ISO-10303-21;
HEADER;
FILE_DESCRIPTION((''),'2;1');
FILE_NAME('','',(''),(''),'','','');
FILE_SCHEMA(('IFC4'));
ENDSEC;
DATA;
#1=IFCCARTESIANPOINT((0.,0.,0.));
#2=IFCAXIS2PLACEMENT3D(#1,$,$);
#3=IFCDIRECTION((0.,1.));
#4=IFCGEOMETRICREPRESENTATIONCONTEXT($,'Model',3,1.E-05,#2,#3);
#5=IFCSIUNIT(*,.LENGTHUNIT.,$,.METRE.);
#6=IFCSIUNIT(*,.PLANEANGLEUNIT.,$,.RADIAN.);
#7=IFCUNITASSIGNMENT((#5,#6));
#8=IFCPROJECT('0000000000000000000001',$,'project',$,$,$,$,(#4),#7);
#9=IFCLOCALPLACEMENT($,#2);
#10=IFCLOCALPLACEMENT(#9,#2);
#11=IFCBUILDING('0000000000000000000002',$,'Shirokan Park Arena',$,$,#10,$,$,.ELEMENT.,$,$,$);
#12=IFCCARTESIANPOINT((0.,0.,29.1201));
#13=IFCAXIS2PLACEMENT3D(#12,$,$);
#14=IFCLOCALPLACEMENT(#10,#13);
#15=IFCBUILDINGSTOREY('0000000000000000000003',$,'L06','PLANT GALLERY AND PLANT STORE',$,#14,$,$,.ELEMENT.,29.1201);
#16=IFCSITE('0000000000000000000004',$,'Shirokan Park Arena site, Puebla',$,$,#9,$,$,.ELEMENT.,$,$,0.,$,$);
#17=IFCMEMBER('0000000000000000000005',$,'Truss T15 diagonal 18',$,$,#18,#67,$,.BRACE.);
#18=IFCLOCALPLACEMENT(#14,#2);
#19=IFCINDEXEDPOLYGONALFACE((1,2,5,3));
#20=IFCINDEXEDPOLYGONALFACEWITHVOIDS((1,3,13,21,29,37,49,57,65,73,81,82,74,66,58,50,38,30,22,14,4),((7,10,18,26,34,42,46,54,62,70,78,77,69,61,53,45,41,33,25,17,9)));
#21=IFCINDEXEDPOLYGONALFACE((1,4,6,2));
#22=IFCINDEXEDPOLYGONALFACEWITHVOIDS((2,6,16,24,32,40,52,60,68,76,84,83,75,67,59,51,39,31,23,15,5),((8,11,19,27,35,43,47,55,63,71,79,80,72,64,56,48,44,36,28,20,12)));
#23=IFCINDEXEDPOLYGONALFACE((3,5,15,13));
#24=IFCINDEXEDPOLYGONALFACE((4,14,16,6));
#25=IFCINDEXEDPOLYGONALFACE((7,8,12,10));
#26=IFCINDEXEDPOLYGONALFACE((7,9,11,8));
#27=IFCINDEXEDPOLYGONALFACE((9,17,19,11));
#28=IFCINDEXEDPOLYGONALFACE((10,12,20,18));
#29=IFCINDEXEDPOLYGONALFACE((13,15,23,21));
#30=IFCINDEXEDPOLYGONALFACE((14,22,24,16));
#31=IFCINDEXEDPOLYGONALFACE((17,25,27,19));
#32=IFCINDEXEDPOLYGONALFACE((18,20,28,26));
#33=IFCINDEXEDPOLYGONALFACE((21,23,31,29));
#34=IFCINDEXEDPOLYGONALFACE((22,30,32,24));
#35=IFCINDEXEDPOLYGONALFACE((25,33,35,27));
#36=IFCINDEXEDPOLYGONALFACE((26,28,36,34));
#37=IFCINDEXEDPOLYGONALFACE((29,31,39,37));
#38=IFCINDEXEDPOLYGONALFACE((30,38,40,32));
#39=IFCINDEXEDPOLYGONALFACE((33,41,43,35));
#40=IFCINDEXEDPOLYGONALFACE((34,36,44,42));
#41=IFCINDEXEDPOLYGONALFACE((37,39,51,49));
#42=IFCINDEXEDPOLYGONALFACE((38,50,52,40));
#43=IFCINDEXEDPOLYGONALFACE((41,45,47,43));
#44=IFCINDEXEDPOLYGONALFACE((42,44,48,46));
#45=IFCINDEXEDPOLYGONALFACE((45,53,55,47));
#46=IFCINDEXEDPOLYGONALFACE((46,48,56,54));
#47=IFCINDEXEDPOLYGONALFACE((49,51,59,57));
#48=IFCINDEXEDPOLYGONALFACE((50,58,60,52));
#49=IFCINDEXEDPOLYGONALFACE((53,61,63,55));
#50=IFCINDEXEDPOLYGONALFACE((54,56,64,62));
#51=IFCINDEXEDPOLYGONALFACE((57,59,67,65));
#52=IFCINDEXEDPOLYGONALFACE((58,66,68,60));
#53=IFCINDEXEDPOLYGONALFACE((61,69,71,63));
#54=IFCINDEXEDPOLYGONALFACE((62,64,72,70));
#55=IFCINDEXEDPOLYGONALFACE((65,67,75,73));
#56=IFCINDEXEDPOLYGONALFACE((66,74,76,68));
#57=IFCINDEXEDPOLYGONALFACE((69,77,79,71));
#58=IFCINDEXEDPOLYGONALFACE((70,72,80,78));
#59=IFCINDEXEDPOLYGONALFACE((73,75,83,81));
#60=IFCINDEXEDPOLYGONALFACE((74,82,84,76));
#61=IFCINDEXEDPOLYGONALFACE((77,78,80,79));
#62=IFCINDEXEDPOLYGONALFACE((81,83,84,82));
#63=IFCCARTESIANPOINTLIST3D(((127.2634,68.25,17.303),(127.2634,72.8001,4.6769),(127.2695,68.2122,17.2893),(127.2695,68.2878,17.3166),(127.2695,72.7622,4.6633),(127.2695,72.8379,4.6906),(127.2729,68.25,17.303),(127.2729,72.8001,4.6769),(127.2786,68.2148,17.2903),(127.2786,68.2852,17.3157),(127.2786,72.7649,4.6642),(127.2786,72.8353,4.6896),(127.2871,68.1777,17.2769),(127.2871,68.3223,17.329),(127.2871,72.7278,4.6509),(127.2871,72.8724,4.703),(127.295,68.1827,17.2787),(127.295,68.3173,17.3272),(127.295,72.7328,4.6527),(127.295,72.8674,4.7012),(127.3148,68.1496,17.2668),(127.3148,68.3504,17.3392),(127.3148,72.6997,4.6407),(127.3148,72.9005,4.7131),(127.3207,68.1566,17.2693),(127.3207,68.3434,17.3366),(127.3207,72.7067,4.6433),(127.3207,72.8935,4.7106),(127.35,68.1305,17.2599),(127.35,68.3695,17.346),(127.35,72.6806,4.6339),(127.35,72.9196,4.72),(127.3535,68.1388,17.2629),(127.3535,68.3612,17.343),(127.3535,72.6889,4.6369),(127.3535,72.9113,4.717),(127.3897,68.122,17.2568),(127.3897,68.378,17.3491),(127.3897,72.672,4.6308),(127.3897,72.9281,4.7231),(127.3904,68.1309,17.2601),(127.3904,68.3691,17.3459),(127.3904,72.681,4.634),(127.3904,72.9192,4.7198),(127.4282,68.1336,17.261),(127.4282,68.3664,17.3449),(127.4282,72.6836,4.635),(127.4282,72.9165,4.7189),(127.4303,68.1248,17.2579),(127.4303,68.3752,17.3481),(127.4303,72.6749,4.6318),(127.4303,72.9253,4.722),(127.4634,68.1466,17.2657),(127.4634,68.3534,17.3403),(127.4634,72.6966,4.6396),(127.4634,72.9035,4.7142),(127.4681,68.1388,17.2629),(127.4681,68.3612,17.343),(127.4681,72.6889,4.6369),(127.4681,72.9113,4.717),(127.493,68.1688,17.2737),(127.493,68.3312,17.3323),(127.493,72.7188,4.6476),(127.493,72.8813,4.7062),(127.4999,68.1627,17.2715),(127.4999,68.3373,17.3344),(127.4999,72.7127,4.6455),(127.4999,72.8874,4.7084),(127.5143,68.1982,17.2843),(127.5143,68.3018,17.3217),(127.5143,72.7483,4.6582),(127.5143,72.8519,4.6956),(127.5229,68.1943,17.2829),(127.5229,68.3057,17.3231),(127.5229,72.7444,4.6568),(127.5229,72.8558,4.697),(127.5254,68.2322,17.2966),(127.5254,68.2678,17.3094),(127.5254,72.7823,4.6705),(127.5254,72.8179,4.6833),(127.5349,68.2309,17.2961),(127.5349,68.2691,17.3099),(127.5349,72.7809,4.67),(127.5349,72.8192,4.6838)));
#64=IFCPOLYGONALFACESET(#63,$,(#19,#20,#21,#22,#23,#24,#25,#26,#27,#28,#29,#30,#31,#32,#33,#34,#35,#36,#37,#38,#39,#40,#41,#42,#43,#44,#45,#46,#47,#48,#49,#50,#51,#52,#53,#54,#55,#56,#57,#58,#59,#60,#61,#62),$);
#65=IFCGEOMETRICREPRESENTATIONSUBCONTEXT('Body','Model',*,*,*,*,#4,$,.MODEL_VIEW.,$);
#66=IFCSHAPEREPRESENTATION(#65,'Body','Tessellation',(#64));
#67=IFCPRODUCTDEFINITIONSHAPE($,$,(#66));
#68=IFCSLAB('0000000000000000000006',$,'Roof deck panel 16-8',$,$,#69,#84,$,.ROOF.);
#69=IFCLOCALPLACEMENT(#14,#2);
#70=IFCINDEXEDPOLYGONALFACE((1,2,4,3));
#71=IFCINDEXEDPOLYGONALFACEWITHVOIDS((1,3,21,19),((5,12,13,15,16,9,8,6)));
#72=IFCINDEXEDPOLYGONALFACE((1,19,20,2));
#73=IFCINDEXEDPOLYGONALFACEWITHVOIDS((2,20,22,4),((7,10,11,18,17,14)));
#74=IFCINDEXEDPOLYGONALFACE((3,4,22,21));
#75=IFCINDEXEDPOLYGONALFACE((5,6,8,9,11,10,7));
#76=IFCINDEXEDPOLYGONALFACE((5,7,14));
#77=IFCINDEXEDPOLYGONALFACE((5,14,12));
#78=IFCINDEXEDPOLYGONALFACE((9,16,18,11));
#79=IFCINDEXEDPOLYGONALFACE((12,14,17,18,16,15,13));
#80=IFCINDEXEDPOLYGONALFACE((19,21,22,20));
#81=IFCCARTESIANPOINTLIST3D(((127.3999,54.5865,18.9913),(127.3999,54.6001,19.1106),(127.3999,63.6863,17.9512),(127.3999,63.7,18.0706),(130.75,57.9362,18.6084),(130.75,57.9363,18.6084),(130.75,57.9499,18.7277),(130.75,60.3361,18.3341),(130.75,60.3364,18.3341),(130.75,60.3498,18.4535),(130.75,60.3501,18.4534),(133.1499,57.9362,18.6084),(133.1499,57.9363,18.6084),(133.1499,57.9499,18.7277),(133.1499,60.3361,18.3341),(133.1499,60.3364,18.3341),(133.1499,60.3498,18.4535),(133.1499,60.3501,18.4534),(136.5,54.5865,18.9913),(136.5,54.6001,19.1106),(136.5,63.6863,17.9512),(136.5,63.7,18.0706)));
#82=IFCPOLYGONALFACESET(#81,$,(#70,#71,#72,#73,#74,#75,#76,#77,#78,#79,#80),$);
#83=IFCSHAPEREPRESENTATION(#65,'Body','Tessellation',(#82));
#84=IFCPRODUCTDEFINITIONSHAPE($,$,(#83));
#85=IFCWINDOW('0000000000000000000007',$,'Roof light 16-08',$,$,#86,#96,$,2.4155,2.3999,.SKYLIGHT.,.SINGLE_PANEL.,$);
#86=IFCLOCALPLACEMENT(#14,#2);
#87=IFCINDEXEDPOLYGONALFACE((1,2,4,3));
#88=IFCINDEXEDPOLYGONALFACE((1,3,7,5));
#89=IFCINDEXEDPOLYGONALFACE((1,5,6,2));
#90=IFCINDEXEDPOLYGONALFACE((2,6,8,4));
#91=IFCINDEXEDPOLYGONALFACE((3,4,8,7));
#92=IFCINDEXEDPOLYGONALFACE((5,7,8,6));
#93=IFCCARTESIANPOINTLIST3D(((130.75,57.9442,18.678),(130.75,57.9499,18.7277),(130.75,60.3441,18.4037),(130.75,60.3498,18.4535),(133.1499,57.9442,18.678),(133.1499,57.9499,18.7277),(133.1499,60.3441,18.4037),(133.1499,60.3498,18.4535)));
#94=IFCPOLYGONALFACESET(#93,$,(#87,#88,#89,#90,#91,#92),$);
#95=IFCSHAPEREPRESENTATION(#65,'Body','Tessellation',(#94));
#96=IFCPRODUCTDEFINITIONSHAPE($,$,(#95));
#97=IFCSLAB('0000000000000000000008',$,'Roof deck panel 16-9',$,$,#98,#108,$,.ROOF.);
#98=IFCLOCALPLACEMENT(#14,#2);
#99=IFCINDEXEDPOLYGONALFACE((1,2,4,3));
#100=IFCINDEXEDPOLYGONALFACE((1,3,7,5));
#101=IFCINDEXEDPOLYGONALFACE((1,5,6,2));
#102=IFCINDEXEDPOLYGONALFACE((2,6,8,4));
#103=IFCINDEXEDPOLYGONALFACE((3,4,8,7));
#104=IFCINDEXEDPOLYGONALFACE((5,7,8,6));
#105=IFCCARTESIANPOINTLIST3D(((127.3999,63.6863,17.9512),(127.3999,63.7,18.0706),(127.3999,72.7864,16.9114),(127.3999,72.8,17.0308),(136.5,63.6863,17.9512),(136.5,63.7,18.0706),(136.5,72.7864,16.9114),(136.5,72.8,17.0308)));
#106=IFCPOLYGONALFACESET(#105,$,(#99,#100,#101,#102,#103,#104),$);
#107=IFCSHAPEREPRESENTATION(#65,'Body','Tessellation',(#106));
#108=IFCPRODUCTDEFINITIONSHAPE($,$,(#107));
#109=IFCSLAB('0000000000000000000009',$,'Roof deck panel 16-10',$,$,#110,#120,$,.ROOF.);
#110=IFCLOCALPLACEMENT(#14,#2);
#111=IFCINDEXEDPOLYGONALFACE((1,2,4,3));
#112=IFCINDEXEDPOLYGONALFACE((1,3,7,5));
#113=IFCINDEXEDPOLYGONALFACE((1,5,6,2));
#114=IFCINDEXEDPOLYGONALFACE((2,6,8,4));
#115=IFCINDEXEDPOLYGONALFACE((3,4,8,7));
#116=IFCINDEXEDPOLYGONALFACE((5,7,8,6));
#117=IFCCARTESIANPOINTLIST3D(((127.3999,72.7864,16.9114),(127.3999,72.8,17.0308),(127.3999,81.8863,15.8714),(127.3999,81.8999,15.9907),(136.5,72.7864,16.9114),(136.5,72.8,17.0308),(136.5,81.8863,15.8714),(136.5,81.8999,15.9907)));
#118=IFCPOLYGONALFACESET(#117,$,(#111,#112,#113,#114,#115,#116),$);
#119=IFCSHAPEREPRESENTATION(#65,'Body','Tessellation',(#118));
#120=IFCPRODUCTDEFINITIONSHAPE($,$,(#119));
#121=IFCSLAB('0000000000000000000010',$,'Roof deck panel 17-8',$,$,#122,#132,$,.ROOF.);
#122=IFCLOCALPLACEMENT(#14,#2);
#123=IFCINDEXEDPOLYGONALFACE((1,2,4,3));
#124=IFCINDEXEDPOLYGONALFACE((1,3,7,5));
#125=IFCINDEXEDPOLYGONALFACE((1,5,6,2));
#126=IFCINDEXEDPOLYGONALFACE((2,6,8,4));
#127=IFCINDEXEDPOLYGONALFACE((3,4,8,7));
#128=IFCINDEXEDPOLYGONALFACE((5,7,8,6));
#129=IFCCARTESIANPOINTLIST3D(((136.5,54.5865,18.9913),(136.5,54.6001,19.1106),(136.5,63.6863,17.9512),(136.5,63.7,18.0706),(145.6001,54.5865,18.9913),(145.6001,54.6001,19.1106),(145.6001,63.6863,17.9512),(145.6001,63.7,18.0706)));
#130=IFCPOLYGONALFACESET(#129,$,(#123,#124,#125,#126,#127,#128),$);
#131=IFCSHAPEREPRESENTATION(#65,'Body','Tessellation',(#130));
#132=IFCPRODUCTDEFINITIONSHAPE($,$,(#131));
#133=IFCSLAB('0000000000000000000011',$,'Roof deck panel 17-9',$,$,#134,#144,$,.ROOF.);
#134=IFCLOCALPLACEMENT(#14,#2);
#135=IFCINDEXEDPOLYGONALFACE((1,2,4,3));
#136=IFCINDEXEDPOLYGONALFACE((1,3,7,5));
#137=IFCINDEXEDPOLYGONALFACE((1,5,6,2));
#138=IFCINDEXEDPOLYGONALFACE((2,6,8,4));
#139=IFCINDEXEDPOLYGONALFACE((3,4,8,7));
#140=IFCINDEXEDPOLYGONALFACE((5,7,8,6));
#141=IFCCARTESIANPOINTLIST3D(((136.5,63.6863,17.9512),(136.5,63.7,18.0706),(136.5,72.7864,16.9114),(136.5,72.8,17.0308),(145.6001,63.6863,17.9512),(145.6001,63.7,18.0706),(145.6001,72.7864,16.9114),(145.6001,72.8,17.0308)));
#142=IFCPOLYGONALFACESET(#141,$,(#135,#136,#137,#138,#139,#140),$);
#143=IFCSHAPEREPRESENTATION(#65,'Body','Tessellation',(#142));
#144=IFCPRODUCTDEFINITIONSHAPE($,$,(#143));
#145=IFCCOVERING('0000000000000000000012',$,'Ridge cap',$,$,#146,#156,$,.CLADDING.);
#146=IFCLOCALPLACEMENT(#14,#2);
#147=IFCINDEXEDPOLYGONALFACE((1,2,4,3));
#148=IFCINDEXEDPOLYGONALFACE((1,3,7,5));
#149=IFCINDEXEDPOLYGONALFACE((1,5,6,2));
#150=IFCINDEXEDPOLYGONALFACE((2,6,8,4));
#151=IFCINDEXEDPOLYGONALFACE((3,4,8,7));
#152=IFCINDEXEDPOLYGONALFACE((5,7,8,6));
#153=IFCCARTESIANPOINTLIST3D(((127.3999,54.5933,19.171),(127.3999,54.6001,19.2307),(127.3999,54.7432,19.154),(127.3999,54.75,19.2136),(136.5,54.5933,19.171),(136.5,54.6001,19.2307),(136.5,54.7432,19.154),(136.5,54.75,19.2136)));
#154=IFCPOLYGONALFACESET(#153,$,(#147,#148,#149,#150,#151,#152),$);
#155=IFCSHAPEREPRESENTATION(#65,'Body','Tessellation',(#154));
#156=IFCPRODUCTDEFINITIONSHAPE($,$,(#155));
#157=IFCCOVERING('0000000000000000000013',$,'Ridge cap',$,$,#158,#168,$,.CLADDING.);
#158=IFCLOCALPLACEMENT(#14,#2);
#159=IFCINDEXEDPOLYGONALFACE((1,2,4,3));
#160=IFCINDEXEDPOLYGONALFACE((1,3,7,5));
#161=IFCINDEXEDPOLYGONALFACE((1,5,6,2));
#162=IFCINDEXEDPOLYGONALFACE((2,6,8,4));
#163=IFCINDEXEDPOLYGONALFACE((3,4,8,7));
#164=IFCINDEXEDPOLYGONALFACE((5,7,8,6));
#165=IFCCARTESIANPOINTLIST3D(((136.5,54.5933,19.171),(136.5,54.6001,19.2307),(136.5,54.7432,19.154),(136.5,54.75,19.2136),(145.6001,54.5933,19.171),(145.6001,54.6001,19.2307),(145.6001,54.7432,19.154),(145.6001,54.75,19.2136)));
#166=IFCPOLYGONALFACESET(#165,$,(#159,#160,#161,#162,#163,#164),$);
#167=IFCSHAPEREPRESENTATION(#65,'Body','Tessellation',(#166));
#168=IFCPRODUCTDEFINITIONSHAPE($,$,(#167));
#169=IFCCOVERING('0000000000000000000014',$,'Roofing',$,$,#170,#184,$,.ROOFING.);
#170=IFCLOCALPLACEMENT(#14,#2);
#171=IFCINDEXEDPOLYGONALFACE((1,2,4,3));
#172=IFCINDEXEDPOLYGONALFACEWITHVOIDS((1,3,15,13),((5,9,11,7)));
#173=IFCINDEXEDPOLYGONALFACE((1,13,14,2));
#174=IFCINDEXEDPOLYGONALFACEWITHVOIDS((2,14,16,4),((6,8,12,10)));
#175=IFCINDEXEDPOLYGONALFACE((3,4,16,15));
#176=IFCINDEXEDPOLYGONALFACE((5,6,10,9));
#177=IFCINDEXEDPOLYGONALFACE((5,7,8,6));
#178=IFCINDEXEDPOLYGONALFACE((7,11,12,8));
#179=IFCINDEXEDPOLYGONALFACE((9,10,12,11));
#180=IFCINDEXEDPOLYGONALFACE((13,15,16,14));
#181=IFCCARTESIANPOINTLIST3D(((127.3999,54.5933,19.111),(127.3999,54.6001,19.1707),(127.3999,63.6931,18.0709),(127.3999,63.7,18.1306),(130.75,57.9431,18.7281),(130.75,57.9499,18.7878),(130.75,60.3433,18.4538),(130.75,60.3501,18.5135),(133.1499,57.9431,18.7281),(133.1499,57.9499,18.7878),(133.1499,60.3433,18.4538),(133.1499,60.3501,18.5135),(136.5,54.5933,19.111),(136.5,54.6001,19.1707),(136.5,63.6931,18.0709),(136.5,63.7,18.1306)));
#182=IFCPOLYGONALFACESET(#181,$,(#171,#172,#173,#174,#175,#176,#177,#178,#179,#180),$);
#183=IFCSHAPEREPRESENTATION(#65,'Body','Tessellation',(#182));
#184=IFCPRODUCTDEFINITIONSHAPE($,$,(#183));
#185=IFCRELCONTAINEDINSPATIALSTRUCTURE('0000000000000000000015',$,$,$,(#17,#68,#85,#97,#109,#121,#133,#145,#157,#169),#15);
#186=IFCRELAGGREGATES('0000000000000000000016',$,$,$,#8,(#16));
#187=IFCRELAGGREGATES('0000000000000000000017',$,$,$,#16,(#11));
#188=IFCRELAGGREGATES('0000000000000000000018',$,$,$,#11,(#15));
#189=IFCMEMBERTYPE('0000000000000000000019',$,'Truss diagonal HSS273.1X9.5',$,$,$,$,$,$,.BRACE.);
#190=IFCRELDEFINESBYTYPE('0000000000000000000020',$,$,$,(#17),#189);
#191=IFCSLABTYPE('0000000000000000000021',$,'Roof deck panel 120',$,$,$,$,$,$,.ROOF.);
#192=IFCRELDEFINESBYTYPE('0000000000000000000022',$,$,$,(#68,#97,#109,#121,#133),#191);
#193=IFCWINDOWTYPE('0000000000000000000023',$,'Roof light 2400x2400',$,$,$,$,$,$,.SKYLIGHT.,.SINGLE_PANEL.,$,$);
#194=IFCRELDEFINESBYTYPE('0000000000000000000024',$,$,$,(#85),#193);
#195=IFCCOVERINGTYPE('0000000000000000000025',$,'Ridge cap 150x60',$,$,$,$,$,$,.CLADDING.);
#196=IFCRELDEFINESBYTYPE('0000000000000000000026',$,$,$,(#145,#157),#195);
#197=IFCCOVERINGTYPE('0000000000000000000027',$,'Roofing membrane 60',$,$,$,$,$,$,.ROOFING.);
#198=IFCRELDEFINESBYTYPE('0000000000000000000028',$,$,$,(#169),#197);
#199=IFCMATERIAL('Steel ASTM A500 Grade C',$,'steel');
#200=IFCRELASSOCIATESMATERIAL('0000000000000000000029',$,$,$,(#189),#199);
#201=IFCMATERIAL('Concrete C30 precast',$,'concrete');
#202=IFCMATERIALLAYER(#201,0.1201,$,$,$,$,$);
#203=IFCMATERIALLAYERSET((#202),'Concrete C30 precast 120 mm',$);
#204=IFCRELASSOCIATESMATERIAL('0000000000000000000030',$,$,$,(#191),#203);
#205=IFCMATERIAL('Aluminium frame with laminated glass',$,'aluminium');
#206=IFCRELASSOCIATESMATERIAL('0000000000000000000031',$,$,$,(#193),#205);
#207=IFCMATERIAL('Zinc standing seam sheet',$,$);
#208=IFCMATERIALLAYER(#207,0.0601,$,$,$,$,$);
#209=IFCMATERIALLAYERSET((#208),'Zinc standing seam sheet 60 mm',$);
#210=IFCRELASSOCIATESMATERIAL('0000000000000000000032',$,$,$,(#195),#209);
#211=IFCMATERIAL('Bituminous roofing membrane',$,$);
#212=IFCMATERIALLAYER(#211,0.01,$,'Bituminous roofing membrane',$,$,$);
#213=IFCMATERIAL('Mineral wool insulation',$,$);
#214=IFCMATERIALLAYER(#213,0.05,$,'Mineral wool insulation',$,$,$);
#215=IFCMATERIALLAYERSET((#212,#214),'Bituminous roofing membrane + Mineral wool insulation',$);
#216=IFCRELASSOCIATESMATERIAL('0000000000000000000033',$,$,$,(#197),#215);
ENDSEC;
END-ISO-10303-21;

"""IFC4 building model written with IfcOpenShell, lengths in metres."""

from ifc_helpers import new_model, si_unit, direction, frame, origin, origin_2d, place, context, subcontext, project, spatial, polyline, rectangle, hollow_circle, outline, extrude, material, layer, layer_set, material_profile, profile_set, type_object, element, fill, save


model = new_model("IFC4")

# Units and contexts
model_context = context("Model", 3, precision=1e-05, world=origin(), true_north=direction((0.0, 1.0)))
body_context = subcontext(model_context, "Body", "Model", "MODEL_VIEW")
ifc_project = project(units=[si_unit("LENGTHUNIT", "METRE"), si_unit("PLANEANGLEUNIT", "RADIAN")], contexts=[model_context])

# Site, building, storey
site_placement = place(None, origin())
site = spatial("IfcSite", under=ifc_project, at=site_placement, Name="Shirokan Park Arena site, Puebla", CompositionType="ELEMENT", RefElevation=0.0)
building_placement = place(site_placement, origin())
building = spatial("IfcBuilding", under=site, at=building_placement, Name="Shirokan Park Arena", CompositionType="ELEMENT")
storey_placement = place(building_placement, frame((0.0, 0.0, 29.1201)))
storey = spatial("IfcBuildingStorey", under=building, at=storey_placement, Name="L06", Description="PLANT GALLERY AND PLANT STORE", CompositionType="ELEMENT", Elevation=29.1201)

# Member
ifc_material_1 = material(Name="Steel ASTM A500 Grade C", Category="steel")
ifc_material_profile_1 = material_profile(ifc_material_1, hollow_circle(Radius=0.1365, WallThickness=0.0095, at=origin_2d()), Name="HSS273.1X9.5")
ifc_profile_set_1 = profile_set([ifc_material_profile_1], Name="Steel ASTM A500 Grade C")
member_type_1 = type_object("IfcMemberType", Name="Truss diagonal HSS273.1X9.5", PredefinedType="BRACE", material=ifc_profile_set_1)
member_1_placement = place(storey_placement, frame((127.3999, 68.25, 17.303), z_axis=(0.0, 0.339029, -0.940776), x_axis=(-1.0, 0.0, 0.0)))
element("IfcMember", 1, at=member_1_placement, inside=storey, type_object=member_type_1, Name="Truss T15 diagonal 18", PredefinedType="BRACE", context=body_context, shape_type="SweptSolid", body=[
    extrude(hollow_circle(Radius=0.1365, WallThickness=0.0095, at=origin_2d()), origin(), (0.0, 0.0, 1.0), 13.4209),
])

# Slab, opening, window
ifc_material_2 = material(Name="Concrete C30 precast", Category="concrete")
ifc_layer_1 = layer(ifc_material_2, 0.1201)
ifc_layer_set_1 = layer_set([ifc_layer_1], Name="Concrete C30 precast 120 mm")
slab_type = type_object("IfcSlabType", Name="Roof deck panel 120", PredefinedType="ROOF", material=ifc_layer_set_1)
slab_1_placement = place(storey_placement, frame((127.3999, 54.6001, 19.1106), z_axis=(0.0, 0.113553, 0.993532), x_axis=(1.0, 0.0, 0.0)))
slab_1 = element("IfcSlab", 2, at=slab_1_placement, inside=storey, type_object=slab_type, Name="Roof deck panel 16-8", PredefinedType="ROOF", context=body_context, shape_type="SweptSolid", body=[
    extrude(outline(polyline([(0.0, 0.0), (9.1001, 0.0), (9.1001, 9.1591), (0.0, 9.1591), (0.0, 0.0)]), holes=[polyline([(3.3501, 3.3717), (5.75, 3.3717), (5.75, 5.7874), (3.3501, 5.7874), (3.3501, 3.3717)])]), origin(), (0.0, 0.0, -1.0), 0.1201),
])
opening_placement = place(slab_1_placement, frame((4.55, 4.5793, 0.01)))
opening = element("IfcOpeningElement", 3, at=opening_placement, cuts=slab_1, PredefinedType="OPENING", context=body_context, shape_type="SweptSolid", body=[
    extrude(rectangle(XDim=2.3999, YDim=2.4155, at=origin_2d()), origin(), (0.0, 0.0, -1.0), 0.1399),
])
ifc_material_3 = material(Name="Aluminium frame with laminated glass", Category="aluminium")
window_type = type_object("IfcWindowType", Name="Roof light 2400x2400", PartitioningType="SINGLE_PANEL", PredefinedType="SKYLIGHT", material=ifc_material_3)
window_placement = place(opening_placement, frame((0.0, 0.0, -0.0601)))
window = element("IfcWindow", 4, at=window_placement, inside=storey, type_object=window_type, Name="Roof light 16-08", OverallHeight=2.4155, OverallWidth=2.3999, PartitioningType="SINGLE_PANEL", PredefinedType="SKYLIGHT", context=body_context, shape_type="SweptSolid", body=[
    extrude(rectangle(XDim=2.3999, YDim=2.4155, at=origin_2d()), origin(), (0.0, 0.0, 1.0), 0.05),
])
fill(opening, window)

# Slabs
slab_2_placement = place(storey_placement, frame((127.3999, 63.7, 18.0706), z_axis=(0.0, 0.113523, 0.993535), x_axis=(1.0, 0.0, 0.0)))
element("IfcSlab", 5, at=slab_2_placement, inside=storey, type_object=slab_type, Name="Roof deck panel 16-9", PredefinedType="ROOF", context=body_context, shape_type="SweptSolid", body=[
    extrude(outline(polyline([(0.0, 0.0), (9.1001, 0.0), (9.1001, 9.1593), (0.0, 9.1593), (0.0, 0.0)])), origin(), (0.0, 0.0, -1.0), 0.1201),
])
for number, where, z_axis, x_axis, name in (
    (6, (127.3999, 72.8, 17.0308), (0.0, 0.113553, 0.993532), (1.0, 0.0, 0.0), "Roof deck panel 16-10"),
    (7, (136.5, 54.6001, 19.1106), (0.0, 0.113553, 0.993532), (1.0, 0.0, 0.0), "Roof deck panel 17-8"),
):
    element("IfcSlab", number, at=place(storey_placement, frame(where, z_axis=z_axis, x_axis=x_axis)), inside=storey, type_object=slab_type, Name=name, PredefinedType="ROOF", context=body_context, shape_type="SweptSolid", body=[
        extrude(outline(polyline([(0.0, 0.0), (9.1001, 0.0), (9.1001, 9.1591), (0.0, 9.1591), (0.0, 0.0)])), origin(), (0.0, 0.0, -1.0), 0.1201),
    ])
slab_3_placement = place(storey_placement, frame((136.5, 63.7, 18.0706), z_axis=(0.0, 0.113523, 0.993535), x_axis=(1.0, 0.0, 0.0)))
element("IfcSlab", 8, at=slab_3_placement, inside=storey, type_object=slab_type, Name="Roof deck panel 17-9", PredefinedType="ROOF", context=body_context, shape_type="SweptSolid", body=[
    extrude(outline(polyline([(0.0, 0.0), (9.1001, 0.0), (9.1001, 9.1593), (0.0, 9.1593), (0.0, 0.0)])), origin(), (0.0, 0.0, -1.0), 0.1201),
])

# Coverings
ifc_material_4 = material(Name="Zinc standing seam sheet")
ifc_layer_2 = layer(ifc_material_4, 0.0601)
ifc_layer_set_2 = layer_set([ifc_layer_2], Name="Zinc standing seam sheet 60 mm")
covering_type_1 = type_object("IfcCoveringType", Name="Ridge cap 150x60", PredefinedType="CLADDING", material=ifc_layer_set_2)
for number, where, z_axis, x_axis, name in (
    (9, (127.3999, 54.6001, 19.2307), (0.0, 0.113273, 0.993564), (1.0, 0.0, 0.0), "Ridge cap"),
    (10, (136.5, 54.6001, 19.2307), (0.0, 0.113273, 0.993564), (1.0, 0.0, 0.0), "Ridge cap"),
):
    element("IfcCovering", number, at=place(storey_placement, frame(where, z_axis=z_axis, x_axis=x_axis)), inside=storey, type_object=covering_type_1, Name=name, PredefinedType="CLADDING", context=body_context, shape_type="SweptSolid", body=[
        extrude(outline(polyline([(0.0, 0.0), (9.1001, 0.0), (9.1001, 0.1509), (0.0, 0.1509), (0.0, 0.0)])), origin(), (0.0, 0.0, -1.0), 0.0601),
    ])
ifc_material_5 = material(Name="Bituminous roofing membrane")
ifc_layer_3 = layer(ifc_material_5, 0.01, Name="Bituminous roofing membrane")
ifc_material_6 = material(Name="Mineral wool insulation")
ifc_layer_4 = layer(ifc_material_6, 0.05, Name="Mineral wool insulation")
ifc_layer_set_3 = layer_set([ifc_layer_3, ifc_layer_4], Name="Bituminous roofing membrane + Mineral wool insulation")
covering_type_2 = type_object("IfcCoveringType", Name="Roofing membrane 60", PredefinedType="ROOFING", material=ifc_layer_set_3)
covering_1_placement = place(storey_placement, frame((127.3999, 54.6001, 19.1707), z_axis=(0.0, 0.113553, 0.993532), x_axis=(1.0, 0.0, 0.0)))
element("IfcCovering", 11, at=covering_1_placement, inside=storey, type_object=covering_type_2, Name="Roofing", PredefinedType="ROOFING", context=body_context, shape_type="SweptSolid", body=[
    extrude(outline(polyline([(0.0, 0.0), (9.1001, 0.0), (9.1001, 9.1591), (0.0, 9.1591), (0.0, 0.0)]), holes=[polyline([(5.75, 3.3717), (5.75, 5.7874), (3.3501, 5.7874), (3.3501, 3.3717), (5.75, 3.3717)])]), origin(), (0.0, 0.0, -1.0), 0.0601),
])

save(model, "model.ifc")
